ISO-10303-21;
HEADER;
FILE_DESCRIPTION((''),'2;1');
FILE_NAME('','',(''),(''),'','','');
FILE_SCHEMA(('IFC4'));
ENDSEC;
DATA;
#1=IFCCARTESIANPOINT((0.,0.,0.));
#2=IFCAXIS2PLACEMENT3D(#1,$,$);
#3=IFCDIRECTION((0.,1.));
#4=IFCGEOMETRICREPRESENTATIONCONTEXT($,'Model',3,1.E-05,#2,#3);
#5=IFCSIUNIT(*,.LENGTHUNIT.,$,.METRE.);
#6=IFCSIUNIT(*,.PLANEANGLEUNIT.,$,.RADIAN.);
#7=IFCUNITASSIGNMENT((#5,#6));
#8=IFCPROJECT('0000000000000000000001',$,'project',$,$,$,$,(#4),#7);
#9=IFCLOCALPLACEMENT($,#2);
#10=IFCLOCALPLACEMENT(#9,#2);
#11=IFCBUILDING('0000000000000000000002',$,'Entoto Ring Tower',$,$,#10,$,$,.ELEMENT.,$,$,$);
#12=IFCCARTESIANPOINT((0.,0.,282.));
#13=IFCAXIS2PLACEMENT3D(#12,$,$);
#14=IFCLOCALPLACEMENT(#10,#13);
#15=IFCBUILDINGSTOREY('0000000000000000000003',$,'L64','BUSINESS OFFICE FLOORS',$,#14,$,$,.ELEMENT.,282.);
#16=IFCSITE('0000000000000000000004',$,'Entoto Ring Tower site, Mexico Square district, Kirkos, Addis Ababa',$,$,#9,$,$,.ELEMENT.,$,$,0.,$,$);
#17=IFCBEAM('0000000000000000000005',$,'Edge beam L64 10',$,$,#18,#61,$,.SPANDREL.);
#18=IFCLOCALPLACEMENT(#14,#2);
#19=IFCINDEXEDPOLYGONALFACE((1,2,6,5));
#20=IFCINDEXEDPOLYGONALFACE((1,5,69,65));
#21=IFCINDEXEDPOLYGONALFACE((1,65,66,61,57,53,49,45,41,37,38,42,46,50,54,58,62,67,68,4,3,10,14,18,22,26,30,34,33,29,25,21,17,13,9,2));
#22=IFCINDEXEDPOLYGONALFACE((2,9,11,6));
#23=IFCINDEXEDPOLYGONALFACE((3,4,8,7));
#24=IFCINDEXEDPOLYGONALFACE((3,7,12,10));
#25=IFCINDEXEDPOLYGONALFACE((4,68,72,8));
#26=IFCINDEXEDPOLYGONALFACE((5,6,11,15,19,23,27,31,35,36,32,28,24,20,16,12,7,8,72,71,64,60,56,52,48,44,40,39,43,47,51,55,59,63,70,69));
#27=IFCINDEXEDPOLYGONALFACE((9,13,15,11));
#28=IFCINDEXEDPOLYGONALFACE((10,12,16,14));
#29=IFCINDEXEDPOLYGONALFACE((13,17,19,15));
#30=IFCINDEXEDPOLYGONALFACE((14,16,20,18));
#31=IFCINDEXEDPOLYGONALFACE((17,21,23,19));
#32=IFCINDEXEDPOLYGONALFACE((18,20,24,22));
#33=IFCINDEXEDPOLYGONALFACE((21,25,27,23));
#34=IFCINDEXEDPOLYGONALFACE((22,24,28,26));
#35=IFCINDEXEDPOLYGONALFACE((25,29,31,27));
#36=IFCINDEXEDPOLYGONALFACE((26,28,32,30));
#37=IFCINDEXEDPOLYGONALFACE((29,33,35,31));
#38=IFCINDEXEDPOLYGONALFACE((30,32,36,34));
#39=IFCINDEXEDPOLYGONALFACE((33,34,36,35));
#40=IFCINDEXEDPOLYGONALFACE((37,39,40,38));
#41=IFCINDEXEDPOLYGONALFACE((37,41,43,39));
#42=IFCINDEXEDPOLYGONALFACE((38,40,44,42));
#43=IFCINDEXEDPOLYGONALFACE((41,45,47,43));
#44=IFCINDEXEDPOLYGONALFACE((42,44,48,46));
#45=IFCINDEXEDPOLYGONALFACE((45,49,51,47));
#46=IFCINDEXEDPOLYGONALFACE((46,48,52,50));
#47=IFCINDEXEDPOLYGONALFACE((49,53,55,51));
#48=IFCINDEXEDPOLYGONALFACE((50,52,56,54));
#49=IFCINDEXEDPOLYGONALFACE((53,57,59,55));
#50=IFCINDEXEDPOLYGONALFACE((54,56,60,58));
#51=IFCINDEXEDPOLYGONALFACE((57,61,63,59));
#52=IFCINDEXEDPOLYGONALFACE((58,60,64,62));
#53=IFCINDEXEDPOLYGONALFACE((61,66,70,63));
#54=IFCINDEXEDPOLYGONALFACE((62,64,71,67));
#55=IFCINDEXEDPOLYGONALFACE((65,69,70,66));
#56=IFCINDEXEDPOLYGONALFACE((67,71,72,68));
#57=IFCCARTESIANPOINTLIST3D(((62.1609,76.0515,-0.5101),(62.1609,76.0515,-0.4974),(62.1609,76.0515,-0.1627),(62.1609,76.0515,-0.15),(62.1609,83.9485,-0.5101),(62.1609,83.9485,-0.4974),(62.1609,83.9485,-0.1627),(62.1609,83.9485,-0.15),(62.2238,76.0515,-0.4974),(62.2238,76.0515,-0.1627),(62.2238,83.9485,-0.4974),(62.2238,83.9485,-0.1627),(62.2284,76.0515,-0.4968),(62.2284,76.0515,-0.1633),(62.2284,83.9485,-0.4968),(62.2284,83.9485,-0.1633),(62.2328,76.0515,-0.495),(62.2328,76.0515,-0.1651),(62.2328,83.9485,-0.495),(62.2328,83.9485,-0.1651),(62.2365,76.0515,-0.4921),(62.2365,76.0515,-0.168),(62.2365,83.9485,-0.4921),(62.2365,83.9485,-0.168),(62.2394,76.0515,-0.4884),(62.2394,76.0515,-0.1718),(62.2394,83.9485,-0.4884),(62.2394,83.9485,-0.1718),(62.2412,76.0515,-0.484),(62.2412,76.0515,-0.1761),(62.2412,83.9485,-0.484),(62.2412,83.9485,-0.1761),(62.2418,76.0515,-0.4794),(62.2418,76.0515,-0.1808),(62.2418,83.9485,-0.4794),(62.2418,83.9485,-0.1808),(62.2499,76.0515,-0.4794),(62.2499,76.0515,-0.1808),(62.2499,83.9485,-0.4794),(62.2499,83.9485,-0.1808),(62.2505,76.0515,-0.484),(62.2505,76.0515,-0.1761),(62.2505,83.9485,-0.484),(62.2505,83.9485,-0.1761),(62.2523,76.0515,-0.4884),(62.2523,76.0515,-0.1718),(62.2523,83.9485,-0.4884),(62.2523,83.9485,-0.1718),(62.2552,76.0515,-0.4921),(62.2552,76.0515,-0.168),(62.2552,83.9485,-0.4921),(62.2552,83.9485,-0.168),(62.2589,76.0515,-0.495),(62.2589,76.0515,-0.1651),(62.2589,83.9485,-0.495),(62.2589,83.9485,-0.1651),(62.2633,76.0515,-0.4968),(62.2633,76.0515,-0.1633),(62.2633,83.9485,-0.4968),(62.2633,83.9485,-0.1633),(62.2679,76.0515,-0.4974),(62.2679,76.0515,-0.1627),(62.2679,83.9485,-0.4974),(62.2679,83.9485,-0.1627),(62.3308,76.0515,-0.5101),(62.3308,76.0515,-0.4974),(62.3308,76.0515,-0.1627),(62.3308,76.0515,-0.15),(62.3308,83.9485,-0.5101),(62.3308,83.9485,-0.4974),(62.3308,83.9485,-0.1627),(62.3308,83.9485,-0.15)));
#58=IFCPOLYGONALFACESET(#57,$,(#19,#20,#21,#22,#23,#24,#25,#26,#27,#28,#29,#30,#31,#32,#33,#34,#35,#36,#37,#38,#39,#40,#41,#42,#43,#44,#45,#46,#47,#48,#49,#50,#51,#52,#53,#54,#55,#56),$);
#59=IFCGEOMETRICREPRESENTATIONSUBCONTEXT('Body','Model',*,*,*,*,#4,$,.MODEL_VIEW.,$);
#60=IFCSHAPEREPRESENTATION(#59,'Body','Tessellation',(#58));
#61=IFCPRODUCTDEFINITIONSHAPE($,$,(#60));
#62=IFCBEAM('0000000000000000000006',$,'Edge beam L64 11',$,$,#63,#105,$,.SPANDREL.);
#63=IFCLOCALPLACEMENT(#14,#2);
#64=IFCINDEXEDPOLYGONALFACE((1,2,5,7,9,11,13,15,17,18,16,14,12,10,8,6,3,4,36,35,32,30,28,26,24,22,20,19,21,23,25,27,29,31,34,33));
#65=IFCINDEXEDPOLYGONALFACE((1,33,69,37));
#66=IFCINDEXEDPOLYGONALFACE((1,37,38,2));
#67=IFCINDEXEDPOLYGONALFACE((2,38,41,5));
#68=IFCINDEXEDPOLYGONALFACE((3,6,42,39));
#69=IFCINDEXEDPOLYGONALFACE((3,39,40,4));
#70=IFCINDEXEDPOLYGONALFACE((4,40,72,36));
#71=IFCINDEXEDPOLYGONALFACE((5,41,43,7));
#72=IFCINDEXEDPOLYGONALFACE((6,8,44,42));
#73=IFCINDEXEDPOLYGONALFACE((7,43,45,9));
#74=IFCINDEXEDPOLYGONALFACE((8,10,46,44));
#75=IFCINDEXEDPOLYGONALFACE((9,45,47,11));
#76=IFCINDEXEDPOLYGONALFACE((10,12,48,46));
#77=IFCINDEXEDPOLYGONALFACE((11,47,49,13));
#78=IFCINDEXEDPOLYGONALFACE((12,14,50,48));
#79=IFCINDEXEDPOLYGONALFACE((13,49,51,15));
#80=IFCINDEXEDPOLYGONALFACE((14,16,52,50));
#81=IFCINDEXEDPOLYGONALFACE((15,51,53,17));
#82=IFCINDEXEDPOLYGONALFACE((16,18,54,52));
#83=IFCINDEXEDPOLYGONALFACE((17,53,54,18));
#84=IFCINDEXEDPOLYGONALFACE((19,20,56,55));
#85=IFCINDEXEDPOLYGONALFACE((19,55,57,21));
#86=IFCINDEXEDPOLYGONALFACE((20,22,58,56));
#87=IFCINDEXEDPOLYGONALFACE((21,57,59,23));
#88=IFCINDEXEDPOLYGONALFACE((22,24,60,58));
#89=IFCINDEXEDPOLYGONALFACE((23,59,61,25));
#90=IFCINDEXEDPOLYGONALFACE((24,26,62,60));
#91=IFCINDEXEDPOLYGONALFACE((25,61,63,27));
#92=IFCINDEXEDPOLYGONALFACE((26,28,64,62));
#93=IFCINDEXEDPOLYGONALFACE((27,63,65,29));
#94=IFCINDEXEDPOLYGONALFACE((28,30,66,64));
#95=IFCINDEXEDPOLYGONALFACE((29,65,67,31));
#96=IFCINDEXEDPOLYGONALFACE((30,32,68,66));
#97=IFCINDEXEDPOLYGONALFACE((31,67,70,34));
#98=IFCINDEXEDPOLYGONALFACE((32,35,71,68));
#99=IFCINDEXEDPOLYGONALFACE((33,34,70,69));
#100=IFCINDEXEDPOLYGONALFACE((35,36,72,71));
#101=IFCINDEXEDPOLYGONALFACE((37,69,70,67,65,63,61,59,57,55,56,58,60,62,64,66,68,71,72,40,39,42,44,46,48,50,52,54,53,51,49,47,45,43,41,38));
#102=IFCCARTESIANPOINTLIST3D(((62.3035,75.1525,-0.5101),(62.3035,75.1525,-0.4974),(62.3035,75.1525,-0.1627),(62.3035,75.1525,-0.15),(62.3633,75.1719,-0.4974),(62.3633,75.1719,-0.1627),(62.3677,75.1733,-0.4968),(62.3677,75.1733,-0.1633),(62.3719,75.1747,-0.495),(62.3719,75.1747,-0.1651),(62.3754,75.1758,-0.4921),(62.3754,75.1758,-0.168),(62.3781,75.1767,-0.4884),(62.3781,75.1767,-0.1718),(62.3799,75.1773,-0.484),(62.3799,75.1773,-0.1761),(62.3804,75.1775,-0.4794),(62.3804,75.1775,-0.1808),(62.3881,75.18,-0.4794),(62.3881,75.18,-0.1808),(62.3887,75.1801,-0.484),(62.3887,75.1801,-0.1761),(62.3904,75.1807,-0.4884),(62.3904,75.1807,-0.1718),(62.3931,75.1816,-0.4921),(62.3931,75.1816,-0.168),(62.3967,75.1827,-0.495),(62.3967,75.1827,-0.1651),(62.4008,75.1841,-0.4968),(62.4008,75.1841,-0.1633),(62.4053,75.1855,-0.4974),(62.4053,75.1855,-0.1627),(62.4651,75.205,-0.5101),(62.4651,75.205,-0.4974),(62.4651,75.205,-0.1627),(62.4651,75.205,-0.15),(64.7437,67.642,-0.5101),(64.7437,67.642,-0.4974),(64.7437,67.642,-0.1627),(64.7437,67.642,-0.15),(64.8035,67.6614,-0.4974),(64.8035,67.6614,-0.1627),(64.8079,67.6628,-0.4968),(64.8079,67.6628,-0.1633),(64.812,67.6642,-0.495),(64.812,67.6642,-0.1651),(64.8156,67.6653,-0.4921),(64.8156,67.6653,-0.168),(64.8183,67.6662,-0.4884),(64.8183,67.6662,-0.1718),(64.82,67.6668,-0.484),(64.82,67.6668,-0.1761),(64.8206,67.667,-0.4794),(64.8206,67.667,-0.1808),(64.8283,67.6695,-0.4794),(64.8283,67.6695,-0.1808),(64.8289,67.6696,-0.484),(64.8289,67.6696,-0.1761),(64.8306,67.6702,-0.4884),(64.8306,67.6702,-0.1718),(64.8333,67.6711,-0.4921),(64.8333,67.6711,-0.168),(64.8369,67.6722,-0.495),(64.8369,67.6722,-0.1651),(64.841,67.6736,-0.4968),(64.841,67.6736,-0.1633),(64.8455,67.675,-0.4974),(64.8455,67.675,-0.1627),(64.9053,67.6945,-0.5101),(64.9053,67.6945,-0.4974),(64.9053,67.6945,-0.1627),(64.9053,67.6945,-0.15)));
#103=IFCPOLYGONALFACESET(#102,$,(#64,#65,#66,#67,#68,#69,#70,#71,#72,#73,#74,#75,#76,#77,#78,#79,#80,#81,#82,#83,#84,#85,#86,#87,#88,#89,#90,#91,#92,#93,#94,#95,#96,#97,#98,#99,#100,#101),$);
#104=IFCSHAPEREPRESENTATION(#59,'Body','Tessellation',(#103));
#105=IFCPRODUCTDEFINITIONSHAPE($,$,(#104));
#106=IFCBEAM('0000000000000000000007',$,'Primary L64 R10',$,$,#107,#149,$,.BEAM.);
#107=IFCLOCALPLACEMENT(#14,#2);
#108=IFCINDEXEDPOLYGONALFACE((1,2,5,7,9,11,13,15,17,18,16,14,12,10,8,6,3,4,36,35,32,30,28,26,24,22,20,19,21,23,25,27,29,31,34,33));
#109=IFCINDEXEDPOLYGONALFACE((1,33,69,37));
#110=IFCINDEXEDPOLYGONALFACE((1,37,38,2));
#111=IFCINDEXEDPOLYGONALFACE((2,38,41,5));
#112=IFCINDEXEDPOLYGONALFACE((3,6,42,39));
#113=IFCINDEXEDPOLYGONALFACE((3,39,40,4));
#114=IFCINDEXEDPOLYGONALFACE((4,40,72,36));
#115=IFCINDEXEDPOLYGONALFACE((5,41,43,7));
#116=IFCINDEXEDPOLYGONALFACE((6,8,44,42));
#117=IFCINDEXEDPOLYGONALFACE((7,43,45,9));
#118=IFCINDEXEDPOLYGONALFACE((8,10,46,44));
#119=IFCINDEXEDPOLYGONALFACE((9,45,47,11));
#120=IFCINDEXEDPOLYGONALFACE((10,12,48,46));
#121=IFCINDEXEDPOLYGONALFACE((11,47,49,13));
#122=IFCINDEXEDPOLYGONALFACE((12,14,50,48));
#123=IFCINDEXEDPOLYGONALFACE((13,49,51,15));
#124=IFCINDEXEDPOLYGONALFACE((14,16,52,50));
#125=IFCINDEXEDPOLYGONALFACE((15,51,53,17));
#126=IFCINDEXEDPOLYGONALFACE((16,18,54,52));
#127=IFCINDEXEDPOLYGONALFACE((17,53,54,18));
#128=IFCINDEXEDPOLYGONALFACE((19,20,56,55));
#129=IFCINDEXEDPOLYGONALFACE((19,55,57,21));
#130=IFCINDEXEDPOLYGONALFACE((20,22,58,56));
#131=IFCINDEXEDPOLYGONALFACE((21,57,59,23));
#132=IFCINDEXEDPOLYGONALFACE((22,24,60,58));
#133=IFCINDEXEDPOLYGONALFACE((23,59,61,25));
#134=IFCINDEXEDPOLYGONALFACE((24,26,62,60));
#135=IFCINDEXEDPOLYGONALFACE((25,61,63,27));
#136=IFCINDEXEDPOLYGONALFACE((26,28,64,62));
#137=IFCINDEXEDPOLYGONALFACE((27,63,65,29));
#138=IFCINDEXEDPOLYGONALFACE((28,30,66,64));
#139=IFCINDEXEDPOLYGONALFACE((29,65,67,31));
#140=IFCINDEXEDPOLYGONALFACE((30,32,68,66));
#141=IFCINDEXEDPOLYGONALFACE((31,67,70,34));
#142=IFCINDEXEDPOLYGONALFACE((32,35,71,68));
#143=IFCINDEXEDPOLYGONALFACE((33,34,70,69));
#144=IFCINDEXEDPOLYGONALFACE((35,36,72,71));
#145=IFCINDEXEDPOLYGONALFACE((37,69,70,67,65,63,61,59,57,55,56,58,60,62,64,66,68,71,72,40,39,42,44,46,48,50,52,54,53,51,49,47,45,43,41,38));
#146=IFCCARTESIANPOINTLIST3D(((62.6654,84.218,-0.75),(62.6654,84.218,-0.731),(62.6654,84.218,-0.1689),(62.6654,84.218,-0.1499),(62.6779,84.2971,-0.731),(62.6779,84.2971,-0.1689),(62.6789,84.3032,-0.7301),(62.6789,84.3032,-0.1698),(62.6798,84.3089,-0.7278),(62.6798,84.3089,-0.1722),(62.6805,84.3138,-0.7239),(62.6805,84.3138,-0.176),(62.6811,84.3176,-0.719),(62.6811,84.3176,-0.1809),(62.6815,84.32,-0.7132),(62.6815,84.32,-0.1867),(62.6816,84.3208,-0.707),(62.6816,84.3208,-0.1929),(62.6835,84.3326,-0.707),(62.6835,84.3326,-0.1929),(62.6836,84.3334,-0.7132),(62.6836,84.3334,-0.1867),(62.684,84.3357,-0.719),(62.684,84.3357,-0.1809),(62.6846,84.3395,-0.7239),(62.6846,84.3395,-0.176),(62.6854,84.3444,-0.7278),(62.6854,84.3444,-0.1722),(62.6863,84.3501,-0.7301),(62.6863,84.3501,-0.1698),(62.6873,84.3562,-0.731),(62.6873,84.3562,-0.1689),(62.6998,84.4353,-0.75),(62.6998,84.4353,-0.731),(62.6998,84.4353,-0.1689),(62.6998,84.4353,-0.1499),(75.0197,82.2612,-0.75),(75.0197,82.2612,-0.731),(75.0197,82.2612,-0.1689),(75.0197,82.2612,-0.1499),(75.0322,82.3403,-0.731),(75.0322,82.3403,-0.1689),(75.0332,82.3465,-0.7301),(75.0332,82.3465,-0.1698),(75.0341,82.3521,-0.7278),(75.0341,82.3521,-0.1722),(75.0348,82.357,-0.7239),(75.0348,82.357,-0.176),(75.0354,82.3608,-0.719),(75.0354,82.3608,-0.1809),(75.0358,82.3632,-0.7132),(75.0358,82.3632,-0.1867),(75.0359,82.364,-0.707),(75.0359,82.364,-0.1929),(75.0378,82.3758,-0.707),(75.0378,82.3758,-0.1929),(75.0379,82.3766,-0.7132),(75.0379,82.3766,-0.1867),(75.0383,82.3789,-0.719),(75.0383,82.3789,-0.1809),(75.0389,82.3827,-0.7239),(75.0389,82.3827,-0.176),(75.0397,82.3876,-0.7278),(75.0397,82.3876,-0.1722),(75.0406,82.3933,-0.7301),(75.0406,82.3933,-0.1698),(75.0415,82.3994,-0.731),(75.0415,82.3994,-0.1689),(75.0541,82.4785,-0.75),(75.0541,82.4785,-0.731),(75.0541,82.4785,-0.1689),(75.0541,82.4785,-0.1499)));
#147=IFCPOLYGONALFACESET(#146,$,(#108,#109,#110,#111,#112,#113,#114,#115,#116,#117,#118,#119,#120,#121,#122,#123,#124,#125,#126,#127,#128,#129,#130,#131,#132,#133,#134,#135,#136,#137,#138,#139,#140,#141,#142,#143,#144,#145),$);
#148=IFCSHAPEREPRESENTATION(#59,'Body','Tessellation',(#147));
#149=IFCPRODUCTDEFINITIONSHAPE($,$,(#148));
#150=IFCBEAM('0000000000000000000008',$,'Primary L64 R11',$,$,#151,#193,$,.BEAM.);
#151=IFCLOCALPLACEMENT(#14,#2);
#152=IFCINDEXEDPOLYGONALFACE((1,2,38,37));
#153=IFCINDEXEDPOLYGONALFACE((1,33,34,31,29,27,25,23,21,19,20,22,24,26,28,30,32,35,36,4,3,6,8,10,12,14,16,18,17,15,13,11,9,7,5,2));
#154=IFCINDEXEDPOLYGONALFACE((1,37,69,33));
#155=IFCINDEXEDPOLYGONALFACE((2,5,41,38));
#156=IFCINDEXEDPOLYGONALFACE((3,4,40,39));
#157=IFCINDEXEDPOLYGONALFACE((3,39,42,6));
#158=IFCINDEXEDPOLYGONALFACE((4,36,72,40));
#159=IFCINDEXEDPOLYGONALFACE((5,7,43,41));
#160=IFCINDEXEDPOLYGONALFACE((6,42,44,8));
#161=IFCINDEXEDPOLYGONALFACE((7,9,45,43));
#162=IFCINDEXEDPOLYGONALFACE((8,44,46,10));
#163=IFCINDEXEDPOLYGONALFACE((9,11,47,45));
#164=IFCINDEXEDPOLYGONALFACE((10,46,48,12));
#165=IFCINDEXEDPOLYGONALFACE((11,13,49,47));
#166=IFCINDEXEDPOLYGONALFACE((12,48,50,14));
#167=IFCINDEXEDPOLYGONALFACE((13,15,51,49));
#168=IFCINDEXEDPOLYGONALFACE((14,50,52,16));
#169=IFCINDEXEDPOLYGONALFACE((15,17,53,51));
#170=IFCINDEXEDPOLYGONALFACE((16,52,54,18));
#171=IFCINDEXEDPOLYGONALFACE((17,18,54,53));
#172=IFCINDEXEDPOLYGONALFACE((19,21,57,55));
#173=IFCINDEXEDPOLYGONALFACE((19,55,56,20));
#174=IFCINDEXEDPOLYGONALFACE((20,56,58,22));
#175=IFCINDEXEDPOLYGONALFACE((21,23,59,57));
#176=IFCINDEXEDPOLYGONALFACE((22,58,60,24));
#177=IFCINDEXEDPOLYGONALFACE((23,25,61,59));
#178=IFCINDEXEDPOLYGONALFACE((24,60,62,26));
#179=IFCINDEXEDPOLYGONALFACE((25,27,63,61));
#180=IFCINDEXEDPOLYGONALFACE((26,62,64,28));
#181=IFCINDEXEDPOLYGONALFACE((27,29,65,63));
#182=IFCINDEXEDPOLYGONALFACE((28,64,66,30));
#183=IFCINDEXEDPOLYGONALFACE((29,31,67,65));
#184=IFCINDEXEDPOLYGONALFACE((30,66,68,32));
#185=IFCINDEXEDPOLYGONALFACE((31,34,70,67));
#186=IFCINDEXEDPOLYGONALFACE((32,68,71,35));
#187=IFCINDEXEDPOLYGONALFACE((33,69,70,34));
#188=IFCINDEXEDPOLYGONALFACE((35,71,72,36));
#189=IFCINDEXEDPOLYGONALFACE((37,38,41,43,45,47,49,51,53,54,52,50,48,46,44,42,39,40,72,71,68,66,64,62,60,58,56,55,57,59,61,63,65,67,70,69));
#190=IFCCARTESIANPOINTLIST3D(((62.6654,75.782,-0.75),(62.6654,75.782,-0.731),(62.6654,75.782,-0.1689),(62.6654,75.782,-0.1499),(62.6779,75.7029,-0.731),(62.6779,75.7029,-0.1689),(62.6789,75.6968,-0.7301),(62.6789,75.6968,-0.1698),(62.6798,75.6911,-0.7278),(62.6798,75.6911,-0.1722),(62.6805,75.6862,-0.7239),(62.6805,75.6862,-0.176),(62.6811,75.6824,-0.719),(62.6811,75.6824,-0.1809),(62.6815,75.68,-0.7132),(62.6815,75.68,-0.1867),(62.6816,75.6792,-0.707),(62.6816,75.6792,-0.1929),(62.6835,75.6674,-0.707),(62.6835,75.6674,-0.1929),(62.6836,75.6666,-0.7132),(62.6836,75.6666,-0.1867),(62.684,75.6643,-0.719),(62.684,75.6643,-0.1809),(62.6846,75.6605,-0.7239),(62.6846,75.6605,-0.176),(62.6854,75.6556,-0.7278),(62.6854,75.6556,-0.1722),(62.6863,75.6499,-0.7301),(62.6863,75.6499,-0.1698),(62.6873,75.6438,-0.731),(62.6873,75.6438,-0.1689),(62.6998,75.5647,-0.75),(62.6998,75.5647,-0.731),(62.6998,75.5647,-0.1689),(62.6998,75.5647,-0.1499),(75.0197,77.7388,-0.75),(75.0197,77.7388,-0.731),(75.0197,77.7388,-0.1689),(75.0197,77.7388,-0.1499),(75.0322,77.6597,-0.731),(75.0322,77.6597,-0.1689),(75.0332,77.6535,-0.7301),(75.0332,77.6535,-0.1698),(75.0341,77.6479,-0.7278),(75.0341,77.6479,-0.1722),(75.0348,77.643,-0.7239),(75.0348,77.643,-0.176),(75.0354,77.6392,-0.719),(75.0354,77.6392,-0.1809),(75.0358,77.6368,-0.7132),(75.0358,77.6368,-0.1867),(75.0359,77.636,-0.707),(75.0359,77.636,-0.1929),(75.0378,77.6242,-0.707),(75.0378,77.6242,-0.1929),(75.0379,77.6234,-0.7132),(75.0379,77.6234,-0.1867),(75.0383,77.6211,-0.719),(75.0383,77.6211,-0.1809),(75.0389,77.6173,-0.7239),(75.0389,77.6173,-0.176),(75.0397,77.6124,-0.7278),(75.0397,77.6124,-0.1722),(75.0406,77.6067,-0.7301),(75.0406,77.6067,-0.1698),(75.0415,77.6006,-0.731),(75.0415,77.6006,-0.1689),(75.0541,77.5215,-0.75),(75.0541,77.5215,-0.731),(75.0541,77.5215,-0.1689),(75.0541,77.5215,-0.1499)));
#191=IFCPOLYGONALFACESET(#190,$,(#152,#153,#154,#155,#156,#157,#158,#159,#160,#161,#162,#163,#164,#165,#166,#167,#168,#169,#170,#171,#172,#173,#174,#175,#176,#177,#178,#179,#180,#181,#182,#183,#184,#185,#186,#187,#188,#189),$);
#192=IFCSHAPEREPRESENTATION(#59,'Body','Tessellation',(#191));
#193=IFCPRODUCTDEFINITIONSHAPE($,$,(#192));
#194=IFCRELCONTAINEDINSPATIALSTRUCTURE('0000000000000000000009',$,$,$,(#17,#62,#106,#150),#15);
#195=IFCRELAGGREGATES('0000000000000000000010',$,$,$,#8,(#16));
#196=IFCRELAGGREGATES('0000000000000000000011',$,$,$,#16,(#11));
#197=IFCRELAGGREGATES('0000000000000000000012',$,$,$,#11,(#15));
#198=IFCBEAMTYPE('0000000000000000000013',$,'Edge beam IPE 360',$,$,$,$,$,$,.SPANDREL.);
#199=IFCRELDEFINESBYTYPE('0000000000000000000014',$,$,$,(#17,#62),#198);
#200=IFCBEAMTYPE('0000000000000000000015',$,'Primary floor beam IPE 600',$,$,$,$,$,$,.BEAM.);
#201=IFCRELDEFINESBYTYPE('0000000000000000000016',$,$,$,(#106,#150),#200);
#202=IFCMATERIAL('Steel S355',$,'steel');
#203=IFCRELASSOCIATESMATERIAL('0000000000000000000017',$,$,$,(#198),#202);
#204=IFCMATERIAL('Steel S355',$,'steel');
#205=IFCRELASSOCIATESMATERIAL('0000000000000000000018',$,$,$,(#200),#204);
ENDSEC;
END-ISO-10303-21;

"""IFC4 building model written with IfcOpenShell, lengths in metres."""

from ifc_helpers import new_model, si_unit, direction, frame, origin, origin_2d, place, context, subcontext, project, spatial, i_section, extrude, material, material_profile, profile_set, type_object, element, save


model = new_model("IFC4")

# Units and contexts
model_context = context("Model", 3, precision=1e-05, world=origin(), true_north=direction((0.0, 1.0)))
body_context = subcontext(model_context, "Body", "Model", "MODEL_VIEW")
ifc_project = project(units=[si_unit("LENGTHUNIT", "METRE"), si_unit("PLANEANGLEUNIT", "RADIAN")], contexts=[model_context])

# Site, building, storey
site_placement = place(None, origin())
site = spatial("IfcSite", under=ifc_project, at=site_placement, Name="Entoto Ring Tower site, Mexico Square district, Kirkos, Addis Ababa", CompositionType="ELEMENT", RefElevation=0.0)
building_placement = place(site_placement, origin())
building = spatial("IfcBuilding", under=site, at=building_placement, Name="Entoto Ring Tower", CompositionType="ELEMENT")
storey_placement = place(building_placement, frame((0.0, 0.0, 282.0)))
storey = spatial("IfcBuildingStorey", under=building, at=storey_placement, Name="L64", Description="BUSINESS OFFICE FLOORS", CompositionType="ELEMENT", Elevation=282.0)

# Beams
ifc_material_1 = material(Name="Steel S355", Category="steel")
ifc_material_profile_1 = material_profile(ifc_material_1, i_section(OverallWidth=0.1699, OverallDepth=0.3601, WebThickness=0.0081, FlangeThickness=0.0127, FilletRadius=0.0181, at=origin_2d()), Name="IPE 360")
ifc_profile_set_1 = profile_set([ifc_material_profile_1], Name="Steel S355")
beam_type_1 = type_object("IfcBeamType", Name="Edge beam IPE 360", PredefinedType="SPANDREL", material=ifc_profile_set_1)
for number, where, z_axis, x_axis, name in (
    (1, (62.2458, 83.9485, -0.3301), (0.0, -1.0, 0.0), (1.0, 0.0, 0.0), "Edge beam L64 10"),
    (2, (62.3843, 75.1787, -0.3301), (0.309003, -0.951061, 0.0), (0.951061, 0.309003, 0.0), "Edge beam L64 11"),
):
    element("IfcBeam", number, at=place(storey_placement, frame(where, z_axis=z_axis, x_axis=x_axis)), inside=storey, type_object=beam_type_1, Name=name, PredefinedType="SPANDREL", context=body_context, shape_type="SweptSolid", body=[
        extrude(i_section(OverallWidth=0.1699, OverallDepth=0.3601, WebThickness=0.0081, FlangeThickness=0.0127, FilletRadius=0.0181, at=origin_2d()), origin(), (0.0, 0.0, 1.0), 7.897),
    ])
ifc_material_2 = material(Name="Steel S355", Category="steel")
ifc_material_profile_2 = material_profile(ifc_material_2, i_section(OverallWidth=0.22, OverallDepth=0.6001, WebThickness=0.012, FlangeThickness=0.019, FilletRadius=0.0239, at=origin_2d()), Name="IPE 600")
ifc_profile_set_2 = profile_set([ifc_material_profile_2], Name="Steel S355")
beam_type_2 = type_object("IfcBeamType", Name="Primary floor beam IPE 600", PredefinedType="BEAM", material=ifc_profile_set_2)
for number, where, z_axis, x_axis, name in (
    (3, (75.0369, 82.3699, -0.45), (-0.987688, 0.15644, 0.0), (-0.15644, -0.987688, 0.0), "Primary L64 R10"),
    (4, (75.0369, 77.6301, -0.45), (-0.987688, -0.15644, 0.0), (0.15644, -0.987688, 0.0), "Primary L64 R11"),
):
    element("IfcBeam", number, at=place(storey_placement, frame(where, z_axis=z_axis, x_axis=x_axis)), inside=storey, type_object=beam_type_2, Name=name, PredefinedType="BEAM", context=body_context, shape_type="SweptSolid", body=[
        extrude(i_section(OverallWidth=0.22, OverallDepth=0.6001, WebThickness=0.012, FlangeThickness=0.019, FilletRadius=0.0239, at=origin_2d()), origin(), (0.0, 0.0, 1.0), 12.5083),
    ])

save(model, "model.ifc")
